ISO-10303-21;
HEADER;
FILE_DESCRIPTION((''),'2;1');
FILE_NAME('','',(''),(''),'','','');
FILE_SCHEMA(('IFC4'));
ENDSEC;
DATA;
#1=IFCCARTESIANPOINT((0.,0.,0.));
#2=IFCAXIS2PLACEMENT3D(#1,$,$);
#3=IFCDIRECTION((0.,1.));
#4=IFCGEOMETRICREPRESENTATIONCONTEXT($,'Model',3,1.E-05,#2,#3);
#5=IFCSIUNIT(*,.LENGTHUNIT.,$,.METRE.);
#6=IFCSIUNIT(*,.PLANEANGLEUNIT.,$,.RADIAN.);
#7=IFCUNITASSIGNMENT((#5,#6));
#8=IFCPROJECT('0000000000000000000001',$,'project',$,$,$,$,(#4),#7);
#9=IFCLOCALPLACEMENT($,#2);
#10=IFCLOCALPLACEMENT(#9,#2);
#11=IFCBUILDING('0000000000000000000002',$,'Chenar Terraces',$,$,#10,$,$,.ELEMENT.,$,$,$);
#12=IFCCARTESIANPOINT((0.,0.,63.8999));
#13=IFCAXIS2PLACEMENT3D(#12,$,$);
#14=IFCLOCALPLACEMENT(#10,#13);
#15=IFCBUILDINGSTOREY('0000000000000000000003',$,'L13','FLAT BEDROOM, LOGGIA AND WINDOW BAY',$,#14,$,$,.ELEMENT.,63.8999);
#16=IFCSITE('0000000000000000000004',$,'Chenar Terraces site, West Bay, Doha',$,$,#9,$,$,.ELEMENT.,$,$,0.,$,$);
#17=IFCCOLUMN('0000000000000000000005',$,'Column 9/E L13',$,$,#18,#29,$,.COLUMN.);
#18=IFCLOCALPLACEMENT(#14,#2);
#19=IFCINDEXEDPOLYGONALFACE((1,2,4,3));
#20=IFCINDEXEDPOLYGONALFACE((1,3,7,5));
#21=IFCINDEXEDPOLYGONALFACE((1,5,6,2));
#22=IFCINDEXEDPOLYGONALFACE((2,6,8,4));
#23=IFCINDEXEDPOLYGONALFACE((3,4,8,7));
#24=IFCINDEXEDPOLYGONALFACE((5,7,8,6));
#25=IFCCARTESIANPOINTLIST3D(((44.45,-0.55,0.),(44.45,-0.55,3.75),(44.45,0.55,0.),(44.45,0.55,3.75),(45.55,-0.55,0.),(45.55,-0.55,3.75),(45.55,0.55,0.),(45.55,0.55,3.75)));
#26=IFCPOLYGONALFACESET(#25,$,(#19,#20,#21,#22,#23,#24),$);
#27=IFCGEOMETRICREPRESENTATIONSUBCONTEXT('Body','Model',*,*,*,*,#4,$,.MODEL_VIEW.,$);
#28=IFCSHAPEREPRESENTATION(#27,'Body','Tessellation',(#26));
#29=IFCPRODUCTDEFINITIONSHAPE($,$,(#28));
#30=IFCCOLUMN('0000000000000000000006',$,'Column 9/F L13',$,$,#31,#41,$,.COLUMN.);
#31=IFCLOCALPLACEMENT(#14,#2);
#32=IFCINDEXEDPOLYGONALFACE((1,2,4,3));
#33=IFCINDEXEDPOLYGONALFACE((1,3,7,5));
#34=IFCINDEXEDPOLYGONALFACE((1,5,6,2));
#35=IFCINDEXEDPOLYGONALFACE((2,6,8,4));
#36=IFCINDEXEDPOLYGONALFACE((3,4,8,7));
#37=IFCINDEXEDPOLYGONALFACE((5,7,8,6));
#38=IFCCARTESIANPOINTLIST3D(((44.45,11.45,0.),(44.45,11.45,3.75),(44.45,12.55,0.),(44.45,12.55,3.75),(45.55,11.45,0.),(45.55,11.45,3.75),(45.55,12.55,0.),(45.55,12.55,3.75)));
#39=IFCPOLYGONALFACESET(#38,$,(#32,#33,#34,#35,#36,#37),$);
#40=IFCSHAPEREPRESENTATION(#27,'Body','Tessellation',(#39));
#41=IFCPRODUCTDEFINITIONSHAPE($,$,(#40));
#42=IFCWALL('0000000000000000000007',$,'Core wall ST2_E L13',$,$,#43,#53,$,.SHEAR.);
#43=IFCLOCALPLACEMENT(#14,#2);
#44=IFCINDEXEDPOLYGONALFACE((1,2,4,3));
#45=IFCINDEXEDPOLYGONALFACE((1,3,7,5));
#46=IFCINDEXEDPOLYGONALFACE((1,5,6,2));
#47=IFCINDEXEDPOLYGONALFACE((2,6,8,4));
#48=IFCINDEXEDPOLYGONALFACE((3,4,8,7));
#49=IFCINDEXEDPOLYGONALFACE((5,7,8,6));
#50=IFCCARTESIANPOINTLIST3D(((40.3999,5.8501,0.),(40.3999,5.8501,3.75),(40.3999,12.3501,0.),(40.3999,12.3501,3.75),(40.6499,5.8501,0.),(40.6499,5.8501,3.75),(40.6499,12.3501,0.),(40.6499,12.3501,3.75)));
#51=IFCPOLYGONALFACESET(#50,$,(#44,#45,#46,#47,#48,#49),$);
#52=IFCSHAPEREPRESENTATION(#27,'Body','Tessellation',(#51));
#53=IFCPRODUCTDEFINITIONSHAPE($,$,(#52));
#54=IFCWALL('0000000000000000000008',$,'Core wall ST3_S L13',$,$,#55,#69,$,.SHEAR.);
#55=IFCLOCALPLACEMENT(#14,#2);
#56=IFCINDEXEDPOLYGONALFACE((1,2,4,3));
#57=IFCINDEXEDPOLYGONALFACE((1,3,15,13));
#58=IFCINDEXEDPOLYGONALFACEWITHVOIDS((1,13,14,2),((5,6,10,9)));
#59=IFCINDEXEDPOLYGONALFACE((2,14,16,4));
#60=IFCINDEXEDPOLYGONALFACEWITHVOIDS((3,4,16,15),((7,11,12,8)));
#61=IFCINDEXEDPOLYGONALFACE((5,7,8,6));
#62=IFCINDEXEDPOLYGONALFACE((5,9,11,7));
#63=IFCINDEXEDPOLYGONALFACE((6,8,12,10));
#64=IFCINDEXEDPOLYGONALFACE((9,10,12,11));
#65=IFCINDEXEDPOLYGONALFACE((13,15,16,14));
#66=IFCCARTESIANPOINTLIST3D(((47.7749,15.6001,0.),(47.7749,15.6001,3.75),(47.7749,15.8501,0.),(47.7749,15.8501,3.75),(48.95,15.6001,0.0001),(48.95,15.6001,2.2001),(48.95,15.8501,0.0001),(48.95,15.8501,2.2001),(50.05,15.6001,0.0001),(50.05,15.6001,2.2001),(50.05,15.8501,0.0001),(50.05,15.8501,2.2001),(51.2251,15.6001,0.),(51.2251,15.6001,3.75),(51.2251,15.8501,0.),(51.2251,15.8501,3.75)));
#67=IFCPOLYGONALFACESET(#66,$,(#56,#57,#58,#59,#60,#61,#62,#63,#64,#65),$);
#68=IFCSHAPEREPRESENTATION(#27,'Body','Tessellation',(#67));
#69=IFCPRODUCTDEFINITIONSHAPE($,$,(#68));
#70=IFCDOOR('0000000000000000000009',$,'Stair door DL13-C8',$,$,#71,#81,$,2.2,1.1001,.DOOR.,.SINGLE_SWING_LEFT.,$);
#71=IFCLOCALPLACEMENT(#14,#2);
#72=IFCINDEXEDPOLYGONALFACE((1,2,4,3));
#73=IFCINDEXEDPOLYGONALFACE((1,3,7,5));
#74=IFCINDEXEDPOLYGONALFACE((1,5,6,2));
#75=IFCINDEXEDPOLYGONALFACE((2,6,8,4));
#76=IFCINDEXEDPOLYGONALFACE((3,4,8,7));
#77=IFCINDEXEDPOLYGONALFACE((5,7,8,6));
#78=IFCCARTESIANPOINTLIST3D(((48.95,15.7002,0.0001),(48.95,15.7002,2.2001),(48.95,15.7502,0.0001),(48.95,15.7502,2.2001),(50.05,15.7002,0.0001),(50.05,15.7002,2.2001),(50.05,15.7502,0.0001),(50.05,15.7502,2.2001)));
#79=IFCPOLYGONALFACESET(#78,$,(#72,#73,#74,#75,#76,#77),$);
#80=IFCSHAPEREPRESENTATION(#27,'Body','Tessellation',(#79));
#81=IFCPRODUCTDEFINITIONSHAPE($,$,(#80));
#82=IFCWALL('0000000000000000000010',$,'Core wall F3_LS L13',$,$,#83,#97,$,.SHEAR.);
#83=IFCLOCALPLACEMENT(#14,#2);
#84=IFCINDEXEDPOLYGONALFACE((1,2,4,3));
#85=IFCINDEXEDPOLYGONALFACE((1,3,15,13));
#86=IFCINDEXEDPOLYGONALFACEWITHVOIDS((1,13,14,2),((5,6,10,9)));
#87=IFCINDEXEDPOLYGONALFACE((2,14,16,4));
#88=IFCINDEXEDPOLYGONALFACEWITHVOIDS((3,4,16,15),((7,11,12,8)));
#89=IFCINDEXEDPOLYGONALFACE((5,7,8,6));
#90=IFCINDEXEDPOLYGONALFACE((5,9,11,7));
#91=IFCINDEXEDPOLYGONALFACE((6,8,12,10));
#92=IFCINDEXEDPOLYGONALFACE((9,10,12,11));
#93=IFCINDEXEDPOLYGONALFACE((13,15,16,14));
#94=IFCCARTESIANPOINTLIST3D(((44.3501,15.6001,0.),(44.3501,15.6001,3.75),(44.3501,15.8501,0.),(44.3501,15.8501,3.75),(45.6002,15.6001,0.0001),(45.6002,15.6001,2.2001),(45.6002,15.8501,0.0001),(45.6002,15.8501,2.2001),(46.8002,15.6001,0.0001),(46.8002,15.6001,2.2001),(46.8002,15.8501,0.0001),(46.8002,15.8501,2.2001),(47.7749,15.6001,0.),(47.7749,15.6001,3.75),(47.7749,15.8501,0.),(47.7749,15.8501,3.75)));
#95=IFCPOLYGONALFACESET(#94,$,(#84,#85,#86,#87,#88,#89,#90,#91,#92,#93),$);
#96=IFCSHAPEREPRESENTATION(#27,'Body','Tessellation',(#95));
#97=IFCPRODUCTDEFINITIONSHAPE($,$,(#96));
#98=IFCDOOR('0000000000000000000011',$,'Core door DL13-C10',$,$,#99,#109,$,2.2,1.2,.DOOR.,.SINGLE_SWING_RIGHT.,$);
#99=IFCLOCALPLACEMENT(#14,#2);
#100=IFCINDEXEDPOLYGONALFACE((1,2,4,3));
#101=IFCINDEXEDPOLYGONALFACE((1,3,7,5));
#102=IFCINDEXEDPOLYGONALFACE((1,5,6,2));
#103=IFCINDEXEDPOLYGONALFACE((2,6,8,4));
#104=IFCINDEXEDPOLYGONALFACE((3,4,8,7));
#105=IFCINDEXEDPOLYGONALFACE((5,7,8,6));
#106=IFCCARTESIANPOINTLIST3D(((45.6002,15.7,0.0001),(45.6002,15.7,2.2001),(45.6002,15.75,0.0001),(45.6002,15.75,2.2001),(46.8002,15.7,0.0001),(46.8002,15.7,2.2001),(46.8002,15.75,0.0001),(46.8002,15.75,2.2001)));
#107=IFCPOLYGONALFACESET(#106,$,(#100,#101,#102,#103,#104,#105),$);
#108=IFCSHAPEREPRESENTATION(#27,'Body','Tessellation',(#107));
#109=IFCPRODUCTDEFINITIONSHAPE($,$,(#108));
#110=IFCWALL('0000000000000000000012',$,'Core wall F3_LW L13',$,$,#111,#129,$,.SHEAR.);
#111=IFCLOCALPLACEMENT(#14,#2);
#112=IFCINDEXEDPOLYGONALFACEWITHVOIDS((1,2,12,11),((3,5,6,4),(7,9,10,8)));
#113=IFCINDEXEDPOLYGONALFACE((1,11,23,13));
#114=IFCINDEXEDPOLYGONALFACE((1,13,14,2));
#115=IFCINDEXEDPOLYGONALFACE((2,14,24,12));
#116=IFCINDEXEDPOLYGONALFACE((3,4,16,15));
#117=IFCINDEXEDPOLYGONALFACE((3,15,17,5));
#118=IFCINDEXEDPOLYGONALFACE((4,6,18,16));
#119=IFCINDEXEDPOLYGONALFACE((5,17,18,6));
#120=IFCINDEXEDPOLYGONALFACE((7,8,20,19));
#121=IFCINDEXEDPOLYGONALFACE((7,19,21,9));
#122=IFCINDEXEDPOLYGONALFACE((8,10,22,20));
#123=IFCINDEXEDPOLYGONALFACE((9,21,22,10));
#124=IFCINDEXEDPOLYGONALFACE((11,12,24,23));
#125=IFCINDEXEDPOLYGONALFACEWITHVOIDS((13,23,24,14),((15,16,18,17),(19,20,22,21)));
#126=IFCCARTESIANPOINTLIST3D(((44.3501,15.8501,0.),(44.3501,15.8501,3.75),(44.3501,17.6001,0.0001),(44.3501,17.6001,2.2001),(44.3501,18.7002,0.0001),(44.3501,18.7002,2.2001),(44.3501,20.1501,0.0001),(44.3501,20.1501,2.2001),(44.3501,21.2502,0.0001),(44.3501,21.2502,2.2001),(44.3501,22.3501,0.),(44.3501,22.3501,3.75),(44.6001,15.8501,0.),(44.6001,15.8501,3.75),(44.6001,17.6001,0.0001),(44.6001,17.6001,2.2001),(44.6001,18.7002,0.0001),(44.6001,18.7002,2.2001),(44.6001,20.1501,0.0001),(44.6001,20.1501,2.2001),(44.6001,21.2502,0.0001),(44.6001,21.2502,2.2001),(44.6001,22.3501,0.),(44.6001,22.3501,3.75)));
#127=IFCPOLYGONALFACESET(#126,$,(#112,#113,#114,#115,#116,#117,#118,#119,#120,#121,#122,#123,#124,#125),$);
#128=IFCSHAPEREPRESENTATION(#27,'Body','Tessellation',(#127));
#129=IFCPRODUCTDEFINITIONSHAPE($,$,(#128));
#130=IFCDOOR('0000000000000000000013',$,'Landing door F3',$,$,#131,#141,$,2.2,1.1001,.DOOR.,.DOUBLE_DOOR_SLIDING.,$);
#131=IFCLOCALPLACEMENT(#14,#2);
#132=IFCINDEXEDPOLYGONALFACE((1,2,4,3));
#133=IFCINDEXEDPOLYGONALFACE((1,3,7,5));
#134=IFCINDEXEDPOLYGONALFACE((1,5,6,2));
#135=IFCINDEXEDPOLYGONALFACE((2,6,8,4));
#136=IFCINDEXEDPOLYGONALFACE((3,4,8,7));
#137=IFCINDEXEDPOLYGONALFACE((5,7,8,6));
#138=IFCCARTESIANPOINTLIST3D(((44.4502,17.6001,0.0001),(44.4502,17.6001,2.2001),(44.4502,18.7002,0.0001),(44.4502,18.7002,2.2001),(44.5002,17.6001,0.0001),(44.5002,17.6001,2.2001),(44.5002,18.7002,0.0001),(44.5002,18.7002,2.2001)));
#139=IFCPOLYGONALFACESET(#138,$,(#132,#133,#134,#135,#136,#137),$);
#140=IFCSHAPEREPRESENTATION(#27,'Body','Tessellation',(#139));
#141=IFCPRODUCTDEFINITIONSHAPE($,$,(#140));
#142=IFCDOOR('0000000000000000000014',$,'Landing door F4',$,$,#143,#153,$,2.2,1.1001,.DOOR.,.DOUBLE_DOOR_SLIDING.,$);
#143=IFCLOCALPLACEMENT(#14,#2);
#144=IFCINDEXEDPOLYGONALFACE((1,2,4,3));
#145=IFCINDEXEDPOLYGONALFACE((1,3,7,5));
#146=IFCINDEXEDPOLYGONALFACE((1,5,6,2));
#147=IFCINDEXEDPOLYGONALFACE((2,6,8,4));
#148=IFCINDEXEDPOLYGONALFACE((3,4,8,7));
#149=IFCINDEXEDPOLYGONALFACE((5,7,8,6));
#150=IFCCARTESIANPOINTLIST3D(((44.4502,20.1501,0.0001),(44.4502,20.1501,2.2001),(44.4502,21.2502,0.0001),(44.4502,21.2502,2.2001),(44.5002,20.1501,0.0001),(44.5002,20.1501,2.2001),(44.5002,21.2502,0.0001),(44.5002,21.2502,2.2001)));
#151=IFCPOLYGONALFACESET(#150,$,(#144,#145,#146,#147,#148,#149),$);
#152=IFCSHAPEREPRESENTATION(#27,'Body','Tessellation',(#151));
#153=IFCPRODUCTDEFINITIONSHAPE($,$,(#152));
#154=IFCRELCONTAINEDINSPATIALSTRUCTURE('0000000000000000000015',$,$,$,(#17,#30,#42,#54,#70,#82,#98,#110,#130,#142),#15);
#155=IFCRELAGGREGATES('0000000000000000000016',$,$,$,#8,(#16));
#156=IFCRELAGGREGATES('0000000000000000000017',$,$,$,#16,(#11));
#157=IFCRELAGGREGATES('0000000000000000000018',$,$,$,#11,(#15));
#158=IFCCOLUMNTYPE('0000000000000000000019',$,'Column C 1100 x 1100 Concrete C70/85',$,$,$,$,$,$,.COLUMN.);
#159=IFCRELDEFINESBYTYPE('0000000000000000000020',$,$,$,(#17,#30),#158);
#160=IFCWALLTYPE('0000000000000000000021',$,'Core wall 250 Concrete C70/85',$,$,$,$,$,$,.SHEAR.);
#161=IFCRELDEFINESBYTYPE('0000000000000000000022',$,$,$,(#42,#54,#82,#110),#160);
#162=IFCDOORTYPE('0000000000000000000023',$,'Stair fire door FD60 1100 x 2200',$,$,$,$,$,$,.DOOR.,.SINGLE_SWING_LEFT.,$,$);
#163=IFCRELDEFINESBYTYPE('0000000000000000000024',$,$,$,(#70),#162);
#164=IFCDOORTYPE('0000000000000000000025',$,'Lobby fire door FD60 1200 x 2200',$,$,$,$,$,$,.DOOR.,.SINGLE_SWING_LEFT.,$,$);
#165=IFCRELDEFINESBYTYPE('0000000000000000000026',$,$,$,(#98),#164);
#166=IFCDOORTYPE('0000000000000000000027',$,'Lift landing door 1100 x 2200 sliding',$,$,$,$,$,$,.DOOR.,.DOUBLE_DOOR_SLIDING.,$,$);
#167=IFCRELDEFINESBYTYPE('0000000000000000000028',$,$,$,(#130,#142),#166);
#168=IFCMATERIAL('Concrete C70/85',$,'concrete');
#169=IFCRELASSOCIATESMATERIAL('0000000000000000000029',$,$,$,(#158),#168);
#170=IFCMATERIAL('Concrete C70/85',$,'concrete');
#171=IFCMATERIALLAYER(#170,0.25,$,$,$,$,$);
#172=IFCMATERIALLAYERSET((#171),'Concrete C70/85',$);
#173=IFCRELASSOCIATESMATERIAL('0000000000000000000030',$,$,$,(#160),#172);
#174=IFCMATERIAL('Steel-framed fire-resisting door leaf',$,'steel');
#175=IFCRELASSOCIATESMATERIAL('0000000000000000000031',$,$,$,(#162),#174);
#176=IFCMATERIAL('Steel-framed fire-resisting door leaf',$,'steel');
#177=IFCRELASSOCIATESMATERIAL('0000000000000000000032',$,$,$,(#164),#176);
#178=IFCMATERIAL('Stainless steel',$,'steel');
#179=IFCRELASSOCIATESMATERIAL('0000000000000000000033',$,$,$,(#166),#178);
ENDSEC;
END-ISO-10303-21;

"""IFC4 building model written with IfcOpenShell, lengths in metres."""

from ifc_helpers import new_model, si_unit, direction, frame, frame_2d, origin, origin_2d, place, context, subcontext, project, spatial, rectangle, extrude, material, layer, layer_set, material_profile, profile_set, type_object, element, fill, save


model = new_model("IFC4")

# Units and contexts
model_context = context("Model", 3, precision=1e-05, world=origin(), true_north=direction((0.0, 1.0)))
body_context = subcontext(model_context, "Body", "Model", "MODEL_VIEW")
ifc_project = project(units=[si_unit("LENGTHUNIT", "METRE"), si_unit("PLANEANGLEUNIT", "RADIAN")], contexts=[model_context])

# Site, building, storey
site_placement = place(None, origin())
site = spatial("IfcSite", under=ifc_project, at=site_placement, Name="Chenar Terraces site, West Bay, Doha", CompositionType="ELEMENT", RefElevation=0.0)
building_placement = place(site_placement, origin())
building = spatial("IfcBuilding", under=site, at=building_placement, Name="Chenar Terraces", CompositionType="ELEMENT")
storey_placement = place(building_placement, frame((0.0, 0.0, 63.8999)))
storey = spatial("IfcBuildingStorey", under=building, at=storey_placement, Name="L13", Description="FLAT BEDROOM, LOGGIA AND WINDOW BAY", CompositionType="ELEMENT", Elevation=63.8999)

# Columns
ifc_material_1 = material(Name="Concrete C70/85", Category="concrete")
ifc_material_profile_1 = material_profile(ifc_material_1, rectangle(XDim=1.1001, YDim=1.1001, at=origin_2d()), Name="C 1100 x 1100")
ifc_profile_set_1 = profile_set([ifc_material_profile_1], Name="Concrete C70/85")
column_type = type_object("IfcColumnType", Name="Column C 1100 x 1100 Concrete C70/85", PredefinedType="COLUMN", material=ifc_profile_set_1)
for number, where, z_axis, x_axis, name in (
    (1, (45.0, 0.0, 0.0), (0.0, 0.0, 1.0), (1.0, 0.0, 0.0), "Column 9/E L13"),
    (2, (45.0, 12.0, 0.0), (0.0, 0.0, 1.0), (1.0, 0.0, 0.0), "Column 9/F L13"),
):
    element("IfcColumn", number, at=place(storey_placement, frame(where, z_axis=z_axis, x_axis=x_axis)), inside=storey, type_object=column_type, Name=name, PredefinedType="COLUMN", context=body_context, shape_type="SweptSolid", body=[
        extrude(rectangle(XDim=1.1001, YDim=1.1001, at=origin_2d()), origin(), (0.0, 0.0, 1.0), 3.75),
    ])

# Wall
ifc_material_2 = material(Name="Concrete C70/85", Category="concrete")
ifc_layer_1 = layer(ifc_material_2, 0.25)
ifc_layer_set_1 = layer_set([ifc_layer_1], Name="Concrete C70/85")
wall_type_1 = type_object("IfcWallType", Name="Core wall 250 Concrete C70/85", PredefinedType="SHEAR", material=ifc_layer_set_1)
wall_1_placement = place(storey_placement, frame((40.5249, 5.8501, 0.0), z_axis=(0.0, 0.0, 1.0), x_axis=(0.0, 1.0, 0.0)))
element("IfcWall", 3, at=wall_1_placement, inside=storey, type_object=wall_type_1, Name="Core wall ST2_E L13", PredefinedType="SHEAR", context=body_context, shape_type="SweptSolid", body=[
    extrude(rectangle(XDim=6.5, YDim=0.25, at=frame_2d((3.25, 0.0))), origin(), (0.0, 0.0, 1.0), 3.75),
])

# Walls, openings, doors
wall_2_placement = place(storey_placement, frame((47.7749, 15.7251, 0.0), z_axis=(0.0, 0.0, 1.0), x_axis=(1.0, 0.0, 0.0)))
wall_2 = element("IfcWall", 4, at=wall_2_placement, inside=storey, type_object=wall_type_1, Name="Core wall ST3_S L13", PredefinedType="SHEAR", context=body_context, shape_type="SweptSolid", body=[
    extrude(rectangle(XDim=3.4502, YDim=0.25, at=frame_2d((1.7251, 0.0))), origin(), (0.0, 0.0, 1.0), 3.75),
])
opening_1_placement = place(wall_2_placement, frame((1.175, 0.0, 0.0)))
opening_1 = element("IfcOpeningElement", 5, at=opening_1_placement, cuts=wall_2, PredefinedType="OPENING", context=body_context, shape_type="SweptSolid", body=[
    extrude(rectangle(XDim=1.1001, YDim=2.2, at=frame_2d((0.55, 1.1001))), frame((0.0, 0.135, 0.0), z_axis=(0.0, -1.0, 0.0), x_axis=(1.0, 0.0, 0.0)), (0.0, 0.0, 1.0), 0.27),
])
ifc_material_3 = material(Name="Steel-framed fire-resisting door leaf", Category="steel")
door_type_1 = type_object("IfcDoorType", Name="Stair fire door FD60 1100 x 2200", OperationType="SINGLE_SWING_LEFT", PredefinedType="DOOR", material=ifc_material_3)
door_1_placement = place(opening_1_placement, frame((1.1001, 0.0, 0.0), z_axis=(0.0, 0.0, 1.0), x_axis=(-1.0, 0.0, 0.0)))
door_1 = element("IfcDoor", 6, at=door_1_placement, inside=storey, type_object=door_type_1, Name="Stair door DL13-C8", OperationType="SINGLE_SWING_LEFT", OverallHeight=2.2, OverallWidth=1.1001, PredefinedType="DOOR", context=body_context, shape_type="SweptSolid", body=[
    extrude(rectangle(XDim=1.1001, YDim=2.2, at=frame_2d((0.55, 1.1001))), frame((0.0, 0.0249, 0.0), z_axis=(0.0, -1.0, 0.0), x_axis=(1.0, 0.0, 0.0)), (0.0, 0.0, 1.0), 0.05),
])
fill(opening_1, door_1)
wall_3_placement = place(storey_placement, frame((44.3501, 15.7251, 0.0), z_axis=(0.0, 0.0, 1.0), x_axis=(1.0, 0.0, 0.0)))
wall_3 = element("IfcWall", 7, at=wall_3_placement, inside=storey, type_object=wall_type_1, Name="Core wall F3_LS L13", PredefinedType="SHEAR", context=body_context, shape_type="SweptSolid", body=[
    extrude(rectangle(XDim=3.4248, YDim=0.25, at=frame_2d((1.7124, 0.0))), origin(), (0.0, 0.0, 1.0), 3.75),
])
opening_2_placement = place(wall_3_placement, frame((1.25, 0.0, 0.0)))
opening_2 = element("IfcOpeningElement", 8, at=opening_2_placement, cuts=wall_3, PredefinedType="OPENING", context=body_context, shape_type="SweptSolid", body=[
    extrude(rectangle(XDim=1.2, YDim=2.2, at=frame_2d((0.6001, 1.1001))), frame((0.0, 0.135, 0.0), z_axis=(0.0, -1.0, 0.0), x_axis=(1.0, 0.0, 0.0)), (0.0, 0.0, 1.0), 0.27),
])
ifc_material_4 = material(Name="Steel-framed fire-resisting door leaf", Category="steel")
door_type_2 = type_object("IfcDoorType", Name="Lobby fire door FD60 1200 x 2200", OperationType="SINGLE_SWING_LEFT", PredefinedType="DOOR", material=ifc_material_4)
door_2_placement = place(opening_2_placement, origin())
door_2 = element("IfcDoor", 9, at=door_2_placement, inside=storey, type_object=door_type_2, Name="Core door DL13-C10", OperationType="SINGLE_SWING_RIGHT", OverallHeight=2.2, OverallWidth=1.2, PredefinedType="DOOR", context=body_context, shape_type="SweptSolid", body=[
    extrude(rectangle(XDim=1.2, YDim=2.2, at=frame_2d((0.6001, 1.1001))), frame((0.0, 0.0249, 0.0), z_axis=(0.0, -1.0, 0.0), x_axis=(1.0, 0.0, 0.0)), (0.0, 0.0, 1.0), 0.05),
])
fill(opening_2, door_2)

# Wall, openings, doors
wall_4_placement = place(storey_placement, frame((44.4751, 15.8501, 0.0), z_axis=(0.0, 0.0, 1.0), x_axis=(0.0, 1.0, 0.0)))
wall_4 = element("IfcWall", 10, at=wall_4_placement, inside=storey, type_object=wall_type_1, Name="Core wall F3_LW L13", PredefinedType="SHEAR", context=body_context, shape_type="SweptSolid", body=[
    extrude(rectangle(XDim=6.5, YDim=0.25, at=frame_2d((3.25, 0.0))), origin(), (0.0, 0.0, 1.0), 3.75),
])
opening_3_placement = place(wall_4_placement, frame((1.75, 0.0, 0.0)))
opening_3 = element("IfcOpeningElement", 11, at=opening_3_placement, cuts=wall_4, PredefinedType="OPENING", context=body_context, shape_type="SweptSolid", body=[
    extrude(rectangle(XDim=1.1001, YDim=2.2, at=frame_2d((0.55, 1.1001))), frame((0.0, 0.135, 0.0), z_axis=(0.0, -1.0, 0.0), x_axis=(1.0, 0.0, 0.0)), (0.0, 0.0, 1.0), 0.27),
])
opening_4_placement = place(wall_4_placement, frame((4.3, 0.0, 0.0)))
opening_4 = element("IfcOpeningElement", 12, at=opening_4_placement, cuts=wall_4, PredefinedType="OPENING", context=body_context, shape_type="SweptSolid", body=[
    extrude(rectangle(XDim=1.1001, YDim=2.2, at=frame_2d((0.55, 1.1001))), frame((0.0, 0.135, 0.0), z_axis=(0.0, -1.0, 0.0), x_axis=(1.0, 0.0, 0.0)), (0.0, 0.0, 1.0), 0.27),
])
ifc_material_5 = material(Name="Stainless steel", Category="steel")
door_type_3 = type_object("IfcDoorType", Name="Lift landing door 1100 x 2200 sliding", OperationType="DOUBLE_DOOR_SLIDING", PredefinedType="DOOR", material=ifc_material_5)
door_3_placement = place(opening_3_placement, origin())
door_3 = element("IfcDoor", 13, at=door_3_placement, inside=storey, type_object=door_type_3, Name="Landing door F3", OperationType="DOUBLE_DOOR_SLIDING", OverallHeight=2.2, OverallWidth=1.1001, PredefinedType="DOOR", context=body_context, shape_type="SweptSolid", body=[
    extrude(rectangle(XDim=1.1001, YDim=2.2, at=frame_2d((0.55, 1.1001))), frame((0.0, 0.0249, 0.0), z_axis=(0.0, -1.0, 0.0), x_axis=(1.0, 0.0, 0.0)), (0.0, 0.0, 1.0), 0.05),
])
fill(opening_3, door_3)
door_4_placement = place(opening_4_placement, origin())
door_4 = element("IfcDoor", 14, at=door_4_placement, inside=storey, type_object=door_type_3, Name="Landing door F4", OperationType="DOUBLE_DOOR_SLIDING", OverallHeight=2.2, OverallWidth=1.1001, PredefinedType="DOOR", context=body_context, shape_type="SweptSolid", body=[
    extrude(rectangle(XDim=1.1001, YDim=2.2, at=frame_2d((0.55, 1.1001))), frame((0.0, 0.0249, 0.0), z_axis=(0.0, -1.0, 0.0), x_axis=(1.0, 0.0, 0.0)), (0.0, 0.0, 1.0), 0.05),
])
fill(opening_4, door_4)

save(model, "model.ifc")
